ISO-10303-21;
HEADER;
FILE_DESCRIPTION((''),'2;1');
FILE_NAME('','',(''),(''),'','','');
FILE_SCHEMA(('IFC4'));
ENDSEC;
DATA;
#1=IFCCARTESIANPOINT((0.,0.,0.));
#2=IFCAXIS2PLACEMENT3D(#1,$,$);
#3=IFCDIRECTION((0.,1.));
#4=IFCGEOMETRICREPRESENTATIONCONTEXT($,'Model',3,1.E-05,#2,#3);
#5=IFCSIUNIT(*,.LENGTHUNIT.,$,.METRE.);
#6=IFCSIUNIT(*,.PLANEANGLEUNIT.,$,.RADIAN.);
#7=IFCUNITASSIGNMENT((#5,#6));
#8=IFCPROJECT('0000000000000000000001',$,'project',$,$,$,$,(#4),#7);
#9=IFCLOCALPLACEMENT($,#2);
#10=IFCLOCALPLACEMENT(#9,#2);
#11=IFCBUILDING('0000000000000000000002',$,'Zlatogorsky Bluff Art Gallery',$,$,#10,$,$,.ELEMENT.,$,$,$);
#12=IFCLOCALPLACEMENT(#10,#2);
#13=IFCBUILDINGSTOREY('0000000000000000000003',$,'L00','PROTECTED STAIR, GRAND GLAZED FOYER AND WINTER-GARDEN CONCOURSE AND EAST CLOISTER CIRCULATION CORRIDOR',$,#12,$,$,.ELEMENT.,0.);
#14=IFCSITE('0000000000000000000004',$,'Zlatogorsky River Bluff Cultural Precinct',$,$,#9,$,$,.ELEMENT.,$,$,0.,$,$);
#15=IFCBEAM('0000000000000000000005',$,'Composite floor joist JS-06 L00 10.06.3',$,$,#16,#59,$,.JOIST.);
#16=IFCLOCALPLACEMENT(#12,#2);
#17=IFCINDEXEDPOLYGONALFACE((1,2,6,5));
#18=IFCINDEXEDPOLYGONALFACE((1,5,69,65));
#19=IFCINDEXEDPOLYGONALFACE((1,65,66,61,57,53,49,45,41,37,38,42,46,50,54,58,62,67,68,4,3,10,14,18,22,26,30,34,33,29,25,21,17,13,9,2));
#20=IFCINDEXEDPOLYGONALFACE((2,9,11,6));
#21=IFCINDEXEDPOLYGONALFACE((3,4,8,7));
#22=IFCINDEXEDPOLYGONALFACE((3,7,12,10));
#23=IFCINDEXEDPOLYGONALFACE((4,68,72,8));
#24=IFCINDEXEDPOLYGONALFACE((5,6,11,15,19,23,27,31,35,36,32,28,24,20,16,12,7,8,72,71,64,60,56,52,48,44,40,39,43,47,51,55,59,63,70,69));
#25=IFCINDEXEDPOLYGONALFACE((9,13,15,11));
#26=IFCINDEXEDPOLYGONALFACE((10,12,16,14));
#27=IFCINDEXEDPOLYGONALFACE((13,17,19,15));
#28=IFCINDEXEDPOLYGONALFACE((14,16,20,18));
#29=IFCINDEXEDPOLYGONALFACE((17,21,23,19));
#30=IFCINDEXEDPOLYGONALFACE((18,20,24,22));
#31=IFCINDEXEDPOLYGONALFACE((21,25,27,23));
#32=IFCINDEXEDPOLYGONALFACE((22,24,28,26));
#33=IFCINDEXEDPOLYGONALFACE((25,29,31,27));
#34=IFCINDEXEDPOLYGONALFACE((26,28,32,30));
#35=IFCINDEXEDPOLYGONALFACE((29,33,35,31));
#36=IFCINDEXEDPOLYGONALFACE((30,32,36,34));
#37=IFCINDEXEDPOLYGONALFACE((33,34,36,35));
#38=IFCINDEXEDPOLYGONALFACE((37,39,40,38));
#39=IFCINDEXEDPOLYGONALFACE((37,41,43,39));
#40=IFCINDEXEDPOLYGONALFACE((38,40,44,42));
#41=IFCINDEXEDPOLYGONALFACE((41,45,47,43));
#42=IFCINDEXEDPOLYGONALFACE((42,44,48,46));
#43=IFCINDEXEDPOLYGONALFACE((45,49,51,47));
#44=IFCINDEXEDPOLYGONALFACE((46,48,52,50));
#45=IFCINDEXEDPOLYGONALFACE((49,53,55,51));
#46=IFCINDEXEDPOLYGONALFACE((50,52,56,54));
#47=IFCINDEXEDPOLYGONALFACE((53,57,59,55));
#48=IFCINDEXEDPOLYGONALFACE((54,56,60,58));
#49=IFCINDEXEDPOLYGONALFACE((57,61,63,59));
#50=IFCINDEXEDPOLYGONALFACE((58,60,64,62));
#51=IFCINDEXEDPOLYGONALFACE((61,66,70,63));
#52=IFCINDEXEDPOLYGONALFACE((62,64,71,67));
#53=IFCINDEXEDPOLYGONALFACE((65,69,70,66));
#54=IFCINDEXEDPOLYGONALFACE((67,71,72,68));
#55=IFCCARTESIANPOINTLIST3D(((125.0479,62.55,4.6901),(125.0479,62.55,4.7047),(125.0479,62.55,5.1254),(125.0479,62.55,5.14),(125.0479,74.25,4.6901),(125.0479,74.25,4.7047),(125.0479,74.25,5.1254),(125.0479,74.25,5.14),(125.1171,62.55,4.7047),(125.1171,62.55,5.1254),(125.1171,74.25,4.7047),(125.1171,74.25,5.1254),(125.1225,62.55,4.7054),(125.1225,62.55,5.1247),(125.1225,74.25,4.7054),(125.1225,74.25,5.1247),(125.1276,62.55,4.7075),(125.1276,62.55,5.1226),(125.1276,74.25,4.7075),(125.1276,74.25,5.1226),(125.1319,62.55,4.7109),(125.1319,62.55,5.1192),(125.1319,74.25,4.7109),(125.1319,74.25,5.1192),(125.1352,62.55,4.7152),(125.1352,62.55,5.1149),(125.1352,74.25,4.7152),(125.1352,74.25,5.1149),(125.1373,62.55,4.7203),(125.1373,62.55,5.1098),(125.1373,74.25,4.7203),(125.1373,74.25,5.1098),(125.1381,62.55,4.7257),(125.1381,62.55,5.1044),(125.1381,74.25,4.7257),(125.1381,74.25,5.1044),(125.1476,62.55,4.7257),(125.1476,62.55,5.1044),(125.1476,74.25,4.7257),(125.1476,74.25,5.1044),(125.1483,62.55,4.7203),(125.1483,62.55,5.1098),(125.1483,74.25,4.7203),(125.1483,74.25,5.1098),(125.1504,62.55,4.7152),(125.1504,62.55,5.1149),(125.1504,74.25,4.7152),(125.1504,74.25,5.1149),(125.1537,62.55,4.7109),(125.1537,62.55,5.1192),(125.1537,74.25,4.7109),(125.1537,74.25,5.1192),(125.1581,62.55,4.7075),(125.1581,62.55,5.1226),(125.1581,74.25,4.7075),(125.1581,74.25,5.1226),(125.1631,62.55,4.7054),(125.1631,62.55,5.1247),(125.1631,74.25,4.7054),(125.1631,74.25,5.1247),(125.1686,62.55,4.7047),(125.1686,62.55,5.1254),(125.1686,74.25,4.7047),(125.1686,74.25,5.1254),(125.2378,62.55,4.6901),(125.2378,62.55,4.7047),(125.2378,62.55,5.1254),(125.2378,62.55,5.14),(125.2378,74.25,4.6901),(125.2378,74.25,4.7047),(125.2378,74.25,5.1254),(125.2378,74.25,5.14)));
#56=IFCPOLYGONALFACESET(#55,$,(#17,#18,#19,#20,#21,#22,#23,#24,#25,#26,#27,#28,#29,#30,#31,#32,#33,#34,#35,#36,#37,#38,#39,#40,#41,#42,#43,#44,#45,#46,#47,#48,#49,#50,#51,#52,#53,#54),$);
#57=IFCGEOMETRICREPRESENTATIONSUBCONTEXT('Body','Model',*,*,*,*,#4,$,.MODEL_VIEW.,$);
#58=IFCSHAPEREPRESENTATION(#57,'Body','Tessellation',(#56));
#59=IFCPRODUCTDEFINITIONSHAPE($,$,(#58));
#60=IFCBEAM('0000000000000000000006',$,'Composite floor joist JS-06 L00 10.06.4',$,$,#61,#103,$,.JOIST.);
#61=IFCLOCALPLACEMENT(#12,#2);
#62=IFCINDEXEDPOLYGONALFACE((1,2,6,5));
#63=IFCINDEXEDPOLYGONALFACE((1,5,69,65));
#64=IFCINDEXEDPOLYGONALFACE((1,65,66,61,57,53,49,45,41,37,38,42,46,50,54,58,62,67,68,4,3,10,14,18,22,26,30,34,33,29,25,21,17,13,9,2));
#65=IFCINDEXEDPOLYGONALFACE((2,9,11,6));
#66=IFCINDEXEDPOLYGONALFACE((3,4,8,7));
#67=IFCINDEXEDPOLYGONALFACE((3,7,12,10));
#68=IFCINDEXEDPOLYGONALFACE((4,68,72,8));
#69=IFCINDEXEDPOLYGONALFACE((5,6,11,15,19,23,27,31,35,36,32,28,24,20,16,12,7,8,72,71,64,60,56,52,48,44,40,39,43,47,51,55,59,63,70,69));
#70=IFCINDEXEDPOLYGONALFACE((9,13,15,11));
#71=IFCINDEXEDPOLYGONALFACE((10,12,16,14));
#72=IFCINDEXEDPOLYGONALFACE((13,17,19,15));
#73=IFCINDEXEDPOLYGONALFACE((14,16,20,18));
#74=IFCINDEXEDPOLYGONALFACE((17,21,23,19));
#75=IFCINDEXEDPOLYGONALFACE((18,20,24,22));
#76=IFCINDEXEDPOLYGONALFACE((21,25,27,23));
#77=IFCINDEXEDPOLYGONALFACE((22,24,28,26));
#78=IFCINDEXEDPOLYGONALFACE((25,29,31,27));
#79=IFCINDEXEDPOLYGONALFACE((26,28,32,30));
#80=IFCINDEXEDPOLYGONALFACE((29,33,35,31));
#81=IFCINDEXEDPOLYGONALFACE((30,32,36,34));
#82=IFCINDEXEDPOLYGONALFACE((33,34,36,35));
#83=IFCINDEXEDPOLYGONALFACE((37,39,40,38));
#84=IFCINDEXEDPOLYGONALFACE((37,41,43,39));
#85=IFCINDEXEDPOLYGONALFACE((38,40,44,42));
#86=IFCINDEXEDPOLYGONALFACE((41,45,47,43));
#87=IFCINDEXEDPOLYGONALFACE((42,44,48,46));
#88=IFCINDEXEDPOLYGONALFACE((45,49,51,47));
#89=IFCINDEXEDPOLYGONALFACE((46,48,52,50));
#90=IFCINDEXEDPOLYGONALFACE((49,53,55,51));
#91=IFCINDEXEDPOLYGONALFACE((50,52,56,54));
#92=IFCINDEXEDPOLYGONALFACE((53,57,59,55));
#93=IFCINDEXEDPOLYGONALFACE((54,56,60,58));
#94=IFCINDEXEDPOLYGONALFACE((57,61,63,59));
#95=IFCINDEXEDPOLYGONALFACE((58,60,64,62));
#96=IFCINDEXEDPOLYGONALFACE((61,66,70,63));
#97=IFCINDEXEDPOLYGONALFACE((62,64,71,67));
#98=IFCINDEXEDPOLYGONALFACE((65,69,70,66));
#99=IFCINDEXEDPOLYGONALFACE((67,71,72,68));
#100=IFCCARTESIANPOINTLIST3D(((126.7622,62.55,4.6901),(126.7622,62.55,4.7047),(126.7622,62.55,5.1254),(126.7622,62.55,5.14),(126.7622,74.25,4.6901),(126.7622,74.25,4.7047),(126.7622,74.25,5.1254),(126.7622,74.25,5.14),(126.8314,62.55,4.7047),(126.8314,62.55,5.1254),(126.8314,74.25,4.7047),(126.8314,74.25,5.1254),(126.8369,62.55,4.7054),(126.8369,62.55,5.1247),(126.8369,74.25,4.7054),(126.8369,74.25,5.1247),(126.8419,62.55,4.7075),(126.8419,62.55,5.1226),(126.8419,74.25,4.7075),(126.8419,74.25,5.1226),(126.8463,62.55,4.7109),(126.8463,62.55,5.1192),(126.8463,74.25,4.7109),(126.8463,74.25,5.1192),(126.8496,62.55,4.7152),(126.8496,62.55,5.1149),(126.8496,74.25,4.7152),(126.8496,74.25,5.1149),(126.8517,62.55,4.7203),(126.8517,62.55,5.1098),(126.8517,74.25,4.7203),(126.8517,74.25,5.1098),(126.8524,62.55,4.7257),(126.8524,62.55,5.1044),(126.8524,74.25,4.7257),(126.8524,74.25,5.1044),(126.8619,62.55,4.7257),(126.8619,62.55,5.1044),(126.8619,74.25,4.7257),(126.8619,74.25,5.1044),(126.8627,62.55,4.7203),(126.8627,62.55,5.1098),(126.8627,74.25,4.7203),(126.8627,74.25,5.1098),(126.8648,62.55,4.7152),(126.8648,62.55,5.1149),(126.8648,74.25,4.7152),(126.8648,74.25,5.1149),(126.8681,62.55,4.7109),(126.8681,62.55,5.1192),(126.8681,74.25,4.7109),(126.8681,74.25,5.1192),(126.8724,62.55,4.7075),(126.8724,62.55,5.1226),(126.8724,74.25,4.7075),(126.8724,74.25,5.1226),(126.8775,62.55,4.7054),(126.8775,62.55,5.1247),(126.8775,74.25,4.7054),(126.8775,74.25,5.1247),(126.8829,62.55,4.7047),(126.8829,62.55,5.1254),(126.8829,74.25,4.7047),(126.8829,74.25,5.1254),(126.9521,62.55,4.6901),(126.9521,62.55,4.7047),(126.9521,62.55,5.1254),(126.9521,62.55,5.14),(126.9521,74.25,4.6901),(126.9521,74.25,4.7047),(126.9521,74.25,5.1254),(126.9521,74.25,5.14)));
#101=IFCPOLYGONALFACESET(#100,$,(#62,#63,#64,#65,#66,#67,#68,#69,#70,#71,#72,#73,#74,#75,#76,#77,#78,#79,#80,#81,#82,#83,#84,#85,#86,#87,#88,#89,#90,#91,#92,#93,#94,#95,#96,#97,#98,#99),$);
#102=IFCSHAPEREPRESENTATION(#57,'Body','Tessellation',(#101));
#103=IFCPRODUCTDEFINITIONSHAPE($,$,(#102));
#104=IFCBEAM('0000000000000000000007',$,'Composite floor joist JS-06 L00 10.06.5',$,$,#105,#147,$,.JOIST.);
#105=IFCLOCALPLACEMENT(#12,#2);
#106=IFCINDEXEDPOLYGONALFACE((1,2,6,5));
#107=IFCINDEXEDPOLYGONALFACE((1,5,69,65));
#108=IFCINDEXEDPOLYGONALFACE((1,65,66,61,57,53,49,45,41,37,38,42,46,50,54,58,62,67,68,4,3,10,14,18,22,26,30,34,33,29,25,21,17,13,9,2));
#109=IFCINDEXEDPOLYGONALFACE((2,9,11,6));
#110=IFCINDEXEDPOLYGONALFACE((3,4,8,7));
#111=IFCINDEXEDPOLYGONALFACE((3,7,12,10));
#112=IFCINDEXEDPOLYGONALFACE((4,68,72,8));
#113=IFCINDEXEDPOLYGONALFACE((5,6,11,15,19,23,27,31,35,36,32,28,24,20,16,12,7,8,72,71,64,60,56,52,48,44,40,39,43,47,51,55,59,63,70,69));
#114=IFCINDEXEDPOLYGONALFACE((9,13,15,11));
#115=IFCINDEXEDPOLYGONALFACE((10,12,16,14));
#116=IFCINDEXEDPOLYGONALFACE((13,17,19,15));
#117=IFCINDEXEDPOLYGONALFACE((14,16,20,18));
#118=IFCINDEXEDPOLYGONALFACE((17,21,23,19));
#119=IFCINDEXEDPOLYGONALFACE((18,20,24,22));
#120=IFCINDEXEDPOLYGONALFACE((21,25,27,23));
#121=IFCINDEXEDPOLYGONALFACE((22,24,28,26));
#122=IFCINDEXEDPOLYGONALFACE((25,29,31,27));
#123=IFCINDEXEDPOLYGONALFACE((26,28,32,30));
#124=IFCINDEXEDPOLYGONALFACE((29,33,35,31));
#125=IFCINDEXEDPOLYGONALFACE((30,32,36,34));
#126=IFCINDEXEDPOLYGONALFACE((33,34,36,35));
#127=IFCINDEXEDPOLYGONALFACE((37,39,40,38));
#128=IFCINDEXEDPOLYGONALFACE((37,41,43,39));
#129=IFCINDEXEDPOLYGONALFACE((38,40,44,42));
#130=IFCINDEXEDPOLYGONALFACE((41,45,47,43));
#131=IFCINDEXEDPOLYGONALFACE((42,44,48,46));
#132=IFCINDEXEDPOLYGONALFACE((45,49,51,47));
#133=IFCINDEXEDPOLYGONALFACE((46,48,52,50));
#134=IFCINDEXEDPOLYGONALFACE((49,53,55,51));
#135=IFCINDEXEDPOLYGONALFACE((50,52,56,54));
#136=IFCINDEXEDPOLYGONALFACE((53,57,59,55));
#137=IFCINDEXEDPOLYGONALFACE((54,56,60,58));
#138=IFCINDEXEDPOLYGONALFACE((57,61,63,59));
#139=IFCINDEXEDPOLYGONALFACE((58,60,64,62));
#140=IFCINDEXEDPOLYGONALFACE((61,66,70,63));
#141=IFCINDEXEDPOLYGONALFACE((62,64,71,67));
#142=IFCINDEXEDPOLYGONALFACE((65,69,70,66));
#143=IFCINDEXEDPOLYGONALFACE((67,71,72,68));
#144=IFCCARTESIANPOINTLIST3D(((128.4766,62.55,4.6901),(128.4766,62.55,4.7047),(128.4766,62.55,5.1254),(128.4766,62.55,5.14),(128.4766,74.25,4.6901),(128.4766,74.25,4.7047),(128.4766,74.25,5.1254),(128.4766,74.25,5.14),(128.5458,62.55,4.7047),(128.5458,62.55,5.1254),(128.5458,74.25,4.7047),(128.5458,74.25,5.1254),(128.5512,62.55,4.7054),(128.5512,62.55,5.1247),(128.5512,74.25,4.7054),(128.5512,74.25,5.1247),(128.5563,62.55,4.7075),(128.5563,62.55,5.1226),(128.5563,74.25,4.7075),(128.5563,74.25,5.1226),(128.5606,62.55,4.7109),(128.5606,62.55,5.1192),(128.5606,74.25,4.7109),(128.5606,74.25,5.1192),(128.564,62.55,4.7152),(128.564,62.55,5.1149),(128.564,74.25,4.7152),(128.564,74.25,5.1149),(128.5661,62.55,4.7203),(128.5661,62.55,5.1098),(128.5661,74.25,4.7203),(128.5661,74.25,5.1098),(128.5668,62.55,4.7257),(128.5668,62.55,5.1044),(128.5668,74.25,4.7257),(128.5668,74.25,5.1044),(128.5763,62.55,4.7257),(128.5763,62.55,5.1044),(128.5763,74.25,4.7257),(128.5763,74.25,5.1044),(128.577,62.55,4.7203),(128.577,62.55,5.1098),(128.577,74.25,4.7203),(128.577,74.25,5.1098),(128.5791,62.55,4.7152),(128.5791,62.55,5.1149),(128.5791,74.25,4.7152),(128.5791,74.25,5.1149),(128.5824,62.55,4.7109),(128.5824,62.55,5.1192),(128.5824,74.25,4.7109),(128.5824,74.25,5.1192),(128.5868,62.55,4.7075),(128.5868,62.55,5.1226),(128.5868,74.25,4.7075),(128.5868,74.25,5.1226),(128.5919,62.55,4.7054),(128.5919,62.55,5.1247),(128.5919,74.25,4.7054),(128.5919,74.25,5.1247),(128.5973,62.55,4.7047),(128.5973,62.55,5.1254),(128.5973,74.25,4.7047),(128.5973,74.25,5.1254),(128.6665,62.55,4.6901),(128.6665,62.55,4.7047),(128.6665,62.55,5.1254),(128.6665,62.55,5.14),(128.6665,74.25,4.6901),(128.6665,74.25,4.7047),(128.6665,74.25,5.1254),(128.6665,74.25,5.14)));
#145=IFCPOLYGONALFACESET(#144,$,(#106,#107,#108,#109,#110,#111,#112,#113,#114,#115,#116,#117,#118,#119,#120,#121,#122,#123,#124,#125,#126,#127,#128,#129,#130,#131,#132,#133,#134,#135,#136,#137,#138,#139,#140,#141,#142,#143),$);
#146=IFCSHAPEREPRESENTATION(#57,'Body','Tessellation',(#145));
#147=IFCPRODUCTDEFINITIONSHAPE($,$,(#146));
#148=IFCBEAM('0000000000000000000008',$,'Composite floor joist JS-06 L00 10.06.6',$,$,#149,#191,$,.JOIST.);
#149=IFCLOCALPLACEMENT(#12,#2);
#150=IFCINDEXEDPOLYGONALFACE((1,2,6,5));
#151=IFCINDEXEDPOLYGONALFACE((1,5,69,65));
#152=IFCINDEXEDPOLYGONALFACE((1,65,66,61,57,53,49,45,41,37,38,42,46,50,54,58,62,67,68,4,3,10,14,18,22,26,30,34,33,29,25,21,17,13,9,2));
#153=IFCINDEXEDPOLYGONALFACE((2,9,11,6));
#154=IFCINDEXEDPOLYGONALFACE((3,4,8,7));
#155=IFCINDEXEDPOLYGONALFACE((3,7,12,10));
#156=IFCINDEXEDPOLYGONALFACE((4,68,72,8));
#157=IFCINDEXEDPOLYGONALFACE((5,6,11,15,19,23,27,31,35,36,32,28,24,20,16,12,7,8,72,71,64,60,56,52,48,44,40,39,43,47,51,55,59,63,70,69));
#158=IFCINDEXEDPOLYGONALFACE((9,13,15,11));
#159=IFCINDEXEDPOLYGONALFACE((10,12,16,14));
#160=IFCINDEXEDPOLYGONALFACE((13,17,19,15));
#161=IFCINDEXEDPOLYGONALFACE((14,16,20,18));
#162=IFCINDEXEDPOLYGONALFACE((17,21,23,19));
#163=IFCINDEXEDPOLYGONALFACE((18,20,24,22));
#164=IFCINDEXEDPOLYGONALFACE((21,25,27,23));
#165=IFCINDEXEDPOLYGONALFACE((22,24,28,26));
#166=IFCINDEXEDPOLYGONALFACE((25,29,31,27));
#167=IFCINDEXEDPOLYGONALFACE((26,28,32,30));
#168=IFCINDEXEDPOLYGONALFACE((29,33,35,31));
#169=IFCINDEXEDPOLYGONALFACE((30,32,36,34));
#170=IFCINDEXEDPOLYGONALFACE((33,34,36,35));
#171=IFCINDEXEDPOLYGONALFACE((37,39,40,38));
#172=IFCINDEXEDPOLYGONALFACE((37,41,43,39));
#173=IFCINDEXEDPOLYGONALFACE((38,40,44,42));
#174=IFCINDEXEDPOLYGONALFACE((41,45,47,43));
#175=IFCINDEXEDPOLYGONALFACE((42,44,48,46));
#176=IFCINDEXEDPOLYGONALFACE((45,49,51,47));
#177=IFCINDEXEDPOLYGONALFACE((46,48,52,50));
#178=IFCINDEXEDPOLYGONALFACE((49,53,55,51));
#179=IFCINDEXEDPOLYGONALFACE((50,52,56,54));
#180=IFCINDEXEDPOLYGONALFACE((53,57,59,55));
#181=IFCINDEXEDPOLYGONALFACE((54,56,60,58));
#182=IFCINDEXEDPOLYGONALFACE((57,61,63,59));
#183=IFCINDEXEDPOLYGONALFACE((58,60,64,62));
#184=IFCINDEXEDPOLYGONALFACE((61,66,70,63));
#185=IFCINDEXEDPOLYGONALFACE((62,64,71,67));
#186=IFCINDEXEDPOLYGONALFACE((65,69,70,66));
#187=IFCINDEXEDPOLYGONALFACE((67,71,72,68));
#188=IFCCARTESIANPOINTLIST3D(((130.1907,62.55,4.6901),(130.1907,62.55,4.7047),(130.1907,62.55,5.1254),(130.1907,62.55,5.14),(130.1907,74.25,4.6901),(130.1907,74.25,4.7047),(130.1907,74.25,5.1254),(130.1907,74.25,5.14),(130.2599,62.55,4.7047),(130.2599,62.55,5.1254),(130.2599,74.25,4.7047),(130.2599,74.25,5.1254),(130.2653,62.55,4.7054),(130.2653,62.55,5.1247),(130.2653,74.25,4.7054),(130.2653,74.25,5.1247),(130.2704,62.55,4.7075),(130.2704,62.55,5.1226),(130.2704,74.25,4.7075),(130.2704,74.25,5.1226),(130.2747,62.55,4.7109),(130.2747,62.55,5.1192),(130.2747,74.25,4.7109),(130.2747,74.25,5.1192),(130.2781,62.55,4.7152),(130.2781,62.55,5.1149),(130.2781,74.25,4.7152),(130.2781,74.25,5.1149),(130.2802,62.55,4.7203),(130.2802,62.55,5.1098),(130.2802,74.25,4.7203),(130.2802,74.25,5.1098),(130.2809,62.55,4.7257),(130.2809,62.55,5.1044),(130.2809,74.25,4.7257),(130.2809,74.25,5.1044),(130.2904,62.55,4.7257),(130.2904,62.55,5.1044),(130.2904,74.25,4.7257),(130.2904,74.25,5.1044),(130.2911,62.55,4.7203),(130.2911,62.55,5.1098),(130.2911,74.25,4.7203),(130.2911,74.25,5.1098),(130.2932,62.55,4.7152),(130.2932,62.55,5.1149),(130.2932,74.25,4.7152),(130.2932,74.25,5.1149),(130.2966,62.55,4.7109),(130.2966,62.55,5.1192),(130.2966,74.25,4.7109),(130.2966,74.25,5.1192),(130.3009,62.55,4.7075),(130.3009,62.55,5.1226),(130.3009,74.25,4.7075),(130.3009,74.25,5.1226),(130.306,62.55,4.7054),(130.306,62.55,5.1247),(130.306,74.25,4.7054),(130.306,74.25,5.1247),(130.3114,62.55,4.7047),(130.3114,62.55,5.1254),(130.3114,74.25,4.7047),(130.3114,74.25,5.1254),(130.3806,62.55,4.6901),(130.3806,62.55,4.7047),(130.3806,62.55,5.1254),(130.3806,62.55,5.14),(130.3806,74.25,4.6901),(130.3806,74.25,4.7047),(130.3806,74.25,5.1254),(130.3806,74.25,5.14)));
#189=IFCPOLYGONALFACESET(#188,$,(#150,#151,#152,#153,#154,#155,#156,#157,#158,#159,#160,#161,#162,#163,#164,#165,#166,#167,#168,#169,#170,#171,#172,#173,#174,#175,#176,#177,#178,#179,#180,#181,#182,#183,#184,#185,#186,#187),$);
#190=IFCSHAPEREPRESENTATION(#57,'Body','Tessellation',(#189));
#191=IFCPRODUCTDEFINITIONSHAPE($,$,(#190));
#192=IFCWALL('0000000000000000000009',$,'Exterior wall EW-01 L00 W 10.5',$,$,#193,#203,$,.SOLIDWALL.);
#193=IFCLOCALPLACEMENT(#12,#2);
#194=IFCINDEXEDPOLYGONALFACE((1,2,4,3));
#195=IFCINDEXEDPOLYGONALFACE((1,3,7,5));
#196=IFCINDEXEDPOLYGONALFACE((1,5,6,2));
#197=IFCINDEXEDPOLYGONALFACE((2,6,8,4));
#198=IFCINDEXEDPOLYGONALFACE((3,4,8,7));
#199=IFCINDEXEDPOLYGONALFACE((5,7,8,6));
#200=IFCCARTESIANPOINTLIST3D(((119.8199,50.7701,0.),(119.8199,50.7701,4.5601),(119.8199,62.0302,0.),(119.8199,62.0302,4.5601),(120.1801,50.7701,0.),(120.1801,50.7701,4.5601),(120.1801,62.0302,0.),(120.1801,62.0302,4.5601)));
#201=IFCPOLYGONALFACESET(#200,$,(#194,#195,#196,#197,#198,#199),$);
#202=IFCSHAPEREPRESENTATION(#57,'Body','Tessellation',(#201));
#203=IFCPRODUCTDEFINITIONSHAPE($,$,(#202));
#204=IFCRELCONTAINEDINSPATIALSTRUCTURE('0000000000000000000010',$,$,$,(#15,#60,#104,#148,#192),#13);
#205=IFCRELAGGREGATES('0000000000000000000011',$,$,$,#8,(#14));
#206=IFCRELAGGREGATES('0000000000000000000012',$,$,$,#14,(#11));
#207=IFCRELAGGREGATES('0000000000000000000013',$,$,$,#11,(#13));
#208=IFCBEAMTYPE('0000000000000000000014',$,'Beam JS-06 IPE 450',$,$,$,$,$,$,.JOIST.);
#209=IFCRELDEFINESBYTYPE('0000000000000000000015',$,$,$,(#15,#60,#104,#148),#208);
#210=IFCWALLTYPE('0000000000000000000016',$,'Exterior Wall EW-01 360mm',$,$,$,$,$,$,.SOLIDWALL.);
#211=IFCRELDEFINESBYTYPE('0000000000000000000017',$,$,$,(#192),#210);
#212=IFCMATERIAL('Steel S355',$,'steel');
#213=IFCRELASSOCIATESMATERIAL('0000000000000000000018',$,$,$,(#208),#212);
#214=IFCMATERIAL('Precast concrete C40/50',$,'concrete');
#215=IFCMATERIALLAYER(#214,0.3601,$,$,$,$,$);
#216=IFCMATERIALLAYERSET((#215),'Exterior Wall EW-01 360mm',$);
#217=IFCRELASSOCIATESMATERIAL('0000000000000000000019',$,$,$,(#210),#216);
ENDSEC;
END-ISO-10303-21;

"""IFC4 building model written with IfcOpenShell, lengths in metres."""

from ifc_helpers import new_model, si_unit, direction, frame, frame_2d, origin, origin_2d, place, context, subcontext, project, spatial, rectangle, i_section, extrude, material, layer, layer_set, material_profile, profile_set, type_object, element, save


model = new_model("IFC4")

# Units and contexts
model_context = context("Model", 3, precision=1e-05, world=origin(), true_north=direction((0.0, 1.0)))
body_context = subcontext(model_context, "Body", "Model", "MODEL_VIEW")
ifc_project = project(units=[si_unit("LENGTHUNIT", "METRE"), si_unit("PLANEANGLEUNIT", "RADIAN")], contexts=[model_context])

# Site, building, storey
site_placement = place(None, origin())
site = spatial("IfcSite", under=ifc_project, at=site_placement, Name="Zlatogorsky River Bluff Cultural Precinct", CompositionType="ELEMENT", RefElevation=0.0)
building_placement = place(site_placement, origin())
building = spatial("IfcBuilding", under=site, at=building_placement, Name="Zlatogorsky Bluff Art Gallery", CompositionType="ELEMENT")
storey_placement = place(building_placement, origin())
storey = spatial("IfcBuildingStorey", under=building, at=storey_placement, Name="L00", Description="PROTECTED STAIR, GRAND GLAZED FOYER AND WINTER-GARDEN CONCOURSE AND EAST CLOISTER CIRCULATION CORRIDOR", CompositionType="ELEMENT", Elevation=0.0)

# Beams
ifc_material_1 = material(Name="Steel S355", Category="steel")
ifc_material_profile_1 = material_profile(ifc_material_1, i_section(OverallWidth=0.1899, OverallDepth=0.45, WebThickness=0.0095, FlangeThickness=0.0146, FilletRadius=0.021, at=origin_2d()), Name="IPE 450")
ifc_profile_set_1 = profile_set([ifc_material_profile_1], Name="Steel S355")
beam_type_1 = type_object("IfcBeamType", Name="Beam JS-06 IPE 450", PredefinedType="JOIST", material=ifc_profile_set_1)
for number, where, z_axis, x_axis, name in (
    (1, (125.1428, 62.55, 4.915), (0.0, 1.0, 0.0), (-1.0, 0.0, 0.0), "Composite floor joist JS-06 L00 10.06.3"),
    (2, (126.8572, 62.55, 4.915), (0.0, 1.0, 0.0), (-1.0, 0.0, 0.0), "Composite floor joist JS-06 L00 10.06.4"),
    (3, (128.5715, 62.55, 4.915), (0.0, 1.0, 0.0), (-1.0, 0.0, 0.0), "Composite floor joist JS-06 L00 10.06.5"),
    (4, (130.2856, 62.55, 4.915), (0.0, 1.0, 0.0), (-1.0, 0.0, 0.0), "Composite floor joist JS-06 L00 10.06.6"),
):
    element("IfcBeam", number, at=place(storey_placement, frame(where, z_axis=z_axis, x_axis=x_axis)), inside=storey, type_object=beam_type_1, Name=name, PredefinedType="JOIST", context=body_context, shape_type="SweptSolid", body=[
        extrude(i_section(OverallWidth=0.1899, OverallDepth=0.45, WebThickness=0.0095, FlangeThickness=0.0146, FilletRadius=0.021, at=origin_2d()), origin(), (0.0, 0.0, 1.0), 11.7),
    ])

# Wall
ifc_material_2 = material(Name="Precast concrete C40/50", Category="concrete")
ifc_layer_1 = layer(ifc_material_2, 0.3601)
ifc_layer_set_1 = layer_set([ifc_layer_1], Name="Exterior Wall EW-01 360mm")
wall_type_1 = type_object("IfcWallType", Name="Exterior Wall EW-01 360mm", PredefinedType="SOLIDWALL", material=ifc_layer_set_1)
wall_1_placement = place(storey_placement, frame((120.0, 62.03, 0.0), z_axis=(0.0, 0.0, 1.0), x_axis=(0.0, -1.0, 0.0)))
element("IfcWall", 5, at=wall_1_placement, inside=storey, type_object=wall_type_1, Name="Exterior wall EW-01 L00 W 10.5", PredefinedType="SOLIDWALL", context=body_context, shape_type="SweptSolid", body=[
    extrude(rectangle(XDim=11.26, YDim=0.3601, at=frame_2d((5.6299, 0.0))), origin(), (0.0, 0.0, 1.0), 4.5601),
])

save(model, "model.ifc")
